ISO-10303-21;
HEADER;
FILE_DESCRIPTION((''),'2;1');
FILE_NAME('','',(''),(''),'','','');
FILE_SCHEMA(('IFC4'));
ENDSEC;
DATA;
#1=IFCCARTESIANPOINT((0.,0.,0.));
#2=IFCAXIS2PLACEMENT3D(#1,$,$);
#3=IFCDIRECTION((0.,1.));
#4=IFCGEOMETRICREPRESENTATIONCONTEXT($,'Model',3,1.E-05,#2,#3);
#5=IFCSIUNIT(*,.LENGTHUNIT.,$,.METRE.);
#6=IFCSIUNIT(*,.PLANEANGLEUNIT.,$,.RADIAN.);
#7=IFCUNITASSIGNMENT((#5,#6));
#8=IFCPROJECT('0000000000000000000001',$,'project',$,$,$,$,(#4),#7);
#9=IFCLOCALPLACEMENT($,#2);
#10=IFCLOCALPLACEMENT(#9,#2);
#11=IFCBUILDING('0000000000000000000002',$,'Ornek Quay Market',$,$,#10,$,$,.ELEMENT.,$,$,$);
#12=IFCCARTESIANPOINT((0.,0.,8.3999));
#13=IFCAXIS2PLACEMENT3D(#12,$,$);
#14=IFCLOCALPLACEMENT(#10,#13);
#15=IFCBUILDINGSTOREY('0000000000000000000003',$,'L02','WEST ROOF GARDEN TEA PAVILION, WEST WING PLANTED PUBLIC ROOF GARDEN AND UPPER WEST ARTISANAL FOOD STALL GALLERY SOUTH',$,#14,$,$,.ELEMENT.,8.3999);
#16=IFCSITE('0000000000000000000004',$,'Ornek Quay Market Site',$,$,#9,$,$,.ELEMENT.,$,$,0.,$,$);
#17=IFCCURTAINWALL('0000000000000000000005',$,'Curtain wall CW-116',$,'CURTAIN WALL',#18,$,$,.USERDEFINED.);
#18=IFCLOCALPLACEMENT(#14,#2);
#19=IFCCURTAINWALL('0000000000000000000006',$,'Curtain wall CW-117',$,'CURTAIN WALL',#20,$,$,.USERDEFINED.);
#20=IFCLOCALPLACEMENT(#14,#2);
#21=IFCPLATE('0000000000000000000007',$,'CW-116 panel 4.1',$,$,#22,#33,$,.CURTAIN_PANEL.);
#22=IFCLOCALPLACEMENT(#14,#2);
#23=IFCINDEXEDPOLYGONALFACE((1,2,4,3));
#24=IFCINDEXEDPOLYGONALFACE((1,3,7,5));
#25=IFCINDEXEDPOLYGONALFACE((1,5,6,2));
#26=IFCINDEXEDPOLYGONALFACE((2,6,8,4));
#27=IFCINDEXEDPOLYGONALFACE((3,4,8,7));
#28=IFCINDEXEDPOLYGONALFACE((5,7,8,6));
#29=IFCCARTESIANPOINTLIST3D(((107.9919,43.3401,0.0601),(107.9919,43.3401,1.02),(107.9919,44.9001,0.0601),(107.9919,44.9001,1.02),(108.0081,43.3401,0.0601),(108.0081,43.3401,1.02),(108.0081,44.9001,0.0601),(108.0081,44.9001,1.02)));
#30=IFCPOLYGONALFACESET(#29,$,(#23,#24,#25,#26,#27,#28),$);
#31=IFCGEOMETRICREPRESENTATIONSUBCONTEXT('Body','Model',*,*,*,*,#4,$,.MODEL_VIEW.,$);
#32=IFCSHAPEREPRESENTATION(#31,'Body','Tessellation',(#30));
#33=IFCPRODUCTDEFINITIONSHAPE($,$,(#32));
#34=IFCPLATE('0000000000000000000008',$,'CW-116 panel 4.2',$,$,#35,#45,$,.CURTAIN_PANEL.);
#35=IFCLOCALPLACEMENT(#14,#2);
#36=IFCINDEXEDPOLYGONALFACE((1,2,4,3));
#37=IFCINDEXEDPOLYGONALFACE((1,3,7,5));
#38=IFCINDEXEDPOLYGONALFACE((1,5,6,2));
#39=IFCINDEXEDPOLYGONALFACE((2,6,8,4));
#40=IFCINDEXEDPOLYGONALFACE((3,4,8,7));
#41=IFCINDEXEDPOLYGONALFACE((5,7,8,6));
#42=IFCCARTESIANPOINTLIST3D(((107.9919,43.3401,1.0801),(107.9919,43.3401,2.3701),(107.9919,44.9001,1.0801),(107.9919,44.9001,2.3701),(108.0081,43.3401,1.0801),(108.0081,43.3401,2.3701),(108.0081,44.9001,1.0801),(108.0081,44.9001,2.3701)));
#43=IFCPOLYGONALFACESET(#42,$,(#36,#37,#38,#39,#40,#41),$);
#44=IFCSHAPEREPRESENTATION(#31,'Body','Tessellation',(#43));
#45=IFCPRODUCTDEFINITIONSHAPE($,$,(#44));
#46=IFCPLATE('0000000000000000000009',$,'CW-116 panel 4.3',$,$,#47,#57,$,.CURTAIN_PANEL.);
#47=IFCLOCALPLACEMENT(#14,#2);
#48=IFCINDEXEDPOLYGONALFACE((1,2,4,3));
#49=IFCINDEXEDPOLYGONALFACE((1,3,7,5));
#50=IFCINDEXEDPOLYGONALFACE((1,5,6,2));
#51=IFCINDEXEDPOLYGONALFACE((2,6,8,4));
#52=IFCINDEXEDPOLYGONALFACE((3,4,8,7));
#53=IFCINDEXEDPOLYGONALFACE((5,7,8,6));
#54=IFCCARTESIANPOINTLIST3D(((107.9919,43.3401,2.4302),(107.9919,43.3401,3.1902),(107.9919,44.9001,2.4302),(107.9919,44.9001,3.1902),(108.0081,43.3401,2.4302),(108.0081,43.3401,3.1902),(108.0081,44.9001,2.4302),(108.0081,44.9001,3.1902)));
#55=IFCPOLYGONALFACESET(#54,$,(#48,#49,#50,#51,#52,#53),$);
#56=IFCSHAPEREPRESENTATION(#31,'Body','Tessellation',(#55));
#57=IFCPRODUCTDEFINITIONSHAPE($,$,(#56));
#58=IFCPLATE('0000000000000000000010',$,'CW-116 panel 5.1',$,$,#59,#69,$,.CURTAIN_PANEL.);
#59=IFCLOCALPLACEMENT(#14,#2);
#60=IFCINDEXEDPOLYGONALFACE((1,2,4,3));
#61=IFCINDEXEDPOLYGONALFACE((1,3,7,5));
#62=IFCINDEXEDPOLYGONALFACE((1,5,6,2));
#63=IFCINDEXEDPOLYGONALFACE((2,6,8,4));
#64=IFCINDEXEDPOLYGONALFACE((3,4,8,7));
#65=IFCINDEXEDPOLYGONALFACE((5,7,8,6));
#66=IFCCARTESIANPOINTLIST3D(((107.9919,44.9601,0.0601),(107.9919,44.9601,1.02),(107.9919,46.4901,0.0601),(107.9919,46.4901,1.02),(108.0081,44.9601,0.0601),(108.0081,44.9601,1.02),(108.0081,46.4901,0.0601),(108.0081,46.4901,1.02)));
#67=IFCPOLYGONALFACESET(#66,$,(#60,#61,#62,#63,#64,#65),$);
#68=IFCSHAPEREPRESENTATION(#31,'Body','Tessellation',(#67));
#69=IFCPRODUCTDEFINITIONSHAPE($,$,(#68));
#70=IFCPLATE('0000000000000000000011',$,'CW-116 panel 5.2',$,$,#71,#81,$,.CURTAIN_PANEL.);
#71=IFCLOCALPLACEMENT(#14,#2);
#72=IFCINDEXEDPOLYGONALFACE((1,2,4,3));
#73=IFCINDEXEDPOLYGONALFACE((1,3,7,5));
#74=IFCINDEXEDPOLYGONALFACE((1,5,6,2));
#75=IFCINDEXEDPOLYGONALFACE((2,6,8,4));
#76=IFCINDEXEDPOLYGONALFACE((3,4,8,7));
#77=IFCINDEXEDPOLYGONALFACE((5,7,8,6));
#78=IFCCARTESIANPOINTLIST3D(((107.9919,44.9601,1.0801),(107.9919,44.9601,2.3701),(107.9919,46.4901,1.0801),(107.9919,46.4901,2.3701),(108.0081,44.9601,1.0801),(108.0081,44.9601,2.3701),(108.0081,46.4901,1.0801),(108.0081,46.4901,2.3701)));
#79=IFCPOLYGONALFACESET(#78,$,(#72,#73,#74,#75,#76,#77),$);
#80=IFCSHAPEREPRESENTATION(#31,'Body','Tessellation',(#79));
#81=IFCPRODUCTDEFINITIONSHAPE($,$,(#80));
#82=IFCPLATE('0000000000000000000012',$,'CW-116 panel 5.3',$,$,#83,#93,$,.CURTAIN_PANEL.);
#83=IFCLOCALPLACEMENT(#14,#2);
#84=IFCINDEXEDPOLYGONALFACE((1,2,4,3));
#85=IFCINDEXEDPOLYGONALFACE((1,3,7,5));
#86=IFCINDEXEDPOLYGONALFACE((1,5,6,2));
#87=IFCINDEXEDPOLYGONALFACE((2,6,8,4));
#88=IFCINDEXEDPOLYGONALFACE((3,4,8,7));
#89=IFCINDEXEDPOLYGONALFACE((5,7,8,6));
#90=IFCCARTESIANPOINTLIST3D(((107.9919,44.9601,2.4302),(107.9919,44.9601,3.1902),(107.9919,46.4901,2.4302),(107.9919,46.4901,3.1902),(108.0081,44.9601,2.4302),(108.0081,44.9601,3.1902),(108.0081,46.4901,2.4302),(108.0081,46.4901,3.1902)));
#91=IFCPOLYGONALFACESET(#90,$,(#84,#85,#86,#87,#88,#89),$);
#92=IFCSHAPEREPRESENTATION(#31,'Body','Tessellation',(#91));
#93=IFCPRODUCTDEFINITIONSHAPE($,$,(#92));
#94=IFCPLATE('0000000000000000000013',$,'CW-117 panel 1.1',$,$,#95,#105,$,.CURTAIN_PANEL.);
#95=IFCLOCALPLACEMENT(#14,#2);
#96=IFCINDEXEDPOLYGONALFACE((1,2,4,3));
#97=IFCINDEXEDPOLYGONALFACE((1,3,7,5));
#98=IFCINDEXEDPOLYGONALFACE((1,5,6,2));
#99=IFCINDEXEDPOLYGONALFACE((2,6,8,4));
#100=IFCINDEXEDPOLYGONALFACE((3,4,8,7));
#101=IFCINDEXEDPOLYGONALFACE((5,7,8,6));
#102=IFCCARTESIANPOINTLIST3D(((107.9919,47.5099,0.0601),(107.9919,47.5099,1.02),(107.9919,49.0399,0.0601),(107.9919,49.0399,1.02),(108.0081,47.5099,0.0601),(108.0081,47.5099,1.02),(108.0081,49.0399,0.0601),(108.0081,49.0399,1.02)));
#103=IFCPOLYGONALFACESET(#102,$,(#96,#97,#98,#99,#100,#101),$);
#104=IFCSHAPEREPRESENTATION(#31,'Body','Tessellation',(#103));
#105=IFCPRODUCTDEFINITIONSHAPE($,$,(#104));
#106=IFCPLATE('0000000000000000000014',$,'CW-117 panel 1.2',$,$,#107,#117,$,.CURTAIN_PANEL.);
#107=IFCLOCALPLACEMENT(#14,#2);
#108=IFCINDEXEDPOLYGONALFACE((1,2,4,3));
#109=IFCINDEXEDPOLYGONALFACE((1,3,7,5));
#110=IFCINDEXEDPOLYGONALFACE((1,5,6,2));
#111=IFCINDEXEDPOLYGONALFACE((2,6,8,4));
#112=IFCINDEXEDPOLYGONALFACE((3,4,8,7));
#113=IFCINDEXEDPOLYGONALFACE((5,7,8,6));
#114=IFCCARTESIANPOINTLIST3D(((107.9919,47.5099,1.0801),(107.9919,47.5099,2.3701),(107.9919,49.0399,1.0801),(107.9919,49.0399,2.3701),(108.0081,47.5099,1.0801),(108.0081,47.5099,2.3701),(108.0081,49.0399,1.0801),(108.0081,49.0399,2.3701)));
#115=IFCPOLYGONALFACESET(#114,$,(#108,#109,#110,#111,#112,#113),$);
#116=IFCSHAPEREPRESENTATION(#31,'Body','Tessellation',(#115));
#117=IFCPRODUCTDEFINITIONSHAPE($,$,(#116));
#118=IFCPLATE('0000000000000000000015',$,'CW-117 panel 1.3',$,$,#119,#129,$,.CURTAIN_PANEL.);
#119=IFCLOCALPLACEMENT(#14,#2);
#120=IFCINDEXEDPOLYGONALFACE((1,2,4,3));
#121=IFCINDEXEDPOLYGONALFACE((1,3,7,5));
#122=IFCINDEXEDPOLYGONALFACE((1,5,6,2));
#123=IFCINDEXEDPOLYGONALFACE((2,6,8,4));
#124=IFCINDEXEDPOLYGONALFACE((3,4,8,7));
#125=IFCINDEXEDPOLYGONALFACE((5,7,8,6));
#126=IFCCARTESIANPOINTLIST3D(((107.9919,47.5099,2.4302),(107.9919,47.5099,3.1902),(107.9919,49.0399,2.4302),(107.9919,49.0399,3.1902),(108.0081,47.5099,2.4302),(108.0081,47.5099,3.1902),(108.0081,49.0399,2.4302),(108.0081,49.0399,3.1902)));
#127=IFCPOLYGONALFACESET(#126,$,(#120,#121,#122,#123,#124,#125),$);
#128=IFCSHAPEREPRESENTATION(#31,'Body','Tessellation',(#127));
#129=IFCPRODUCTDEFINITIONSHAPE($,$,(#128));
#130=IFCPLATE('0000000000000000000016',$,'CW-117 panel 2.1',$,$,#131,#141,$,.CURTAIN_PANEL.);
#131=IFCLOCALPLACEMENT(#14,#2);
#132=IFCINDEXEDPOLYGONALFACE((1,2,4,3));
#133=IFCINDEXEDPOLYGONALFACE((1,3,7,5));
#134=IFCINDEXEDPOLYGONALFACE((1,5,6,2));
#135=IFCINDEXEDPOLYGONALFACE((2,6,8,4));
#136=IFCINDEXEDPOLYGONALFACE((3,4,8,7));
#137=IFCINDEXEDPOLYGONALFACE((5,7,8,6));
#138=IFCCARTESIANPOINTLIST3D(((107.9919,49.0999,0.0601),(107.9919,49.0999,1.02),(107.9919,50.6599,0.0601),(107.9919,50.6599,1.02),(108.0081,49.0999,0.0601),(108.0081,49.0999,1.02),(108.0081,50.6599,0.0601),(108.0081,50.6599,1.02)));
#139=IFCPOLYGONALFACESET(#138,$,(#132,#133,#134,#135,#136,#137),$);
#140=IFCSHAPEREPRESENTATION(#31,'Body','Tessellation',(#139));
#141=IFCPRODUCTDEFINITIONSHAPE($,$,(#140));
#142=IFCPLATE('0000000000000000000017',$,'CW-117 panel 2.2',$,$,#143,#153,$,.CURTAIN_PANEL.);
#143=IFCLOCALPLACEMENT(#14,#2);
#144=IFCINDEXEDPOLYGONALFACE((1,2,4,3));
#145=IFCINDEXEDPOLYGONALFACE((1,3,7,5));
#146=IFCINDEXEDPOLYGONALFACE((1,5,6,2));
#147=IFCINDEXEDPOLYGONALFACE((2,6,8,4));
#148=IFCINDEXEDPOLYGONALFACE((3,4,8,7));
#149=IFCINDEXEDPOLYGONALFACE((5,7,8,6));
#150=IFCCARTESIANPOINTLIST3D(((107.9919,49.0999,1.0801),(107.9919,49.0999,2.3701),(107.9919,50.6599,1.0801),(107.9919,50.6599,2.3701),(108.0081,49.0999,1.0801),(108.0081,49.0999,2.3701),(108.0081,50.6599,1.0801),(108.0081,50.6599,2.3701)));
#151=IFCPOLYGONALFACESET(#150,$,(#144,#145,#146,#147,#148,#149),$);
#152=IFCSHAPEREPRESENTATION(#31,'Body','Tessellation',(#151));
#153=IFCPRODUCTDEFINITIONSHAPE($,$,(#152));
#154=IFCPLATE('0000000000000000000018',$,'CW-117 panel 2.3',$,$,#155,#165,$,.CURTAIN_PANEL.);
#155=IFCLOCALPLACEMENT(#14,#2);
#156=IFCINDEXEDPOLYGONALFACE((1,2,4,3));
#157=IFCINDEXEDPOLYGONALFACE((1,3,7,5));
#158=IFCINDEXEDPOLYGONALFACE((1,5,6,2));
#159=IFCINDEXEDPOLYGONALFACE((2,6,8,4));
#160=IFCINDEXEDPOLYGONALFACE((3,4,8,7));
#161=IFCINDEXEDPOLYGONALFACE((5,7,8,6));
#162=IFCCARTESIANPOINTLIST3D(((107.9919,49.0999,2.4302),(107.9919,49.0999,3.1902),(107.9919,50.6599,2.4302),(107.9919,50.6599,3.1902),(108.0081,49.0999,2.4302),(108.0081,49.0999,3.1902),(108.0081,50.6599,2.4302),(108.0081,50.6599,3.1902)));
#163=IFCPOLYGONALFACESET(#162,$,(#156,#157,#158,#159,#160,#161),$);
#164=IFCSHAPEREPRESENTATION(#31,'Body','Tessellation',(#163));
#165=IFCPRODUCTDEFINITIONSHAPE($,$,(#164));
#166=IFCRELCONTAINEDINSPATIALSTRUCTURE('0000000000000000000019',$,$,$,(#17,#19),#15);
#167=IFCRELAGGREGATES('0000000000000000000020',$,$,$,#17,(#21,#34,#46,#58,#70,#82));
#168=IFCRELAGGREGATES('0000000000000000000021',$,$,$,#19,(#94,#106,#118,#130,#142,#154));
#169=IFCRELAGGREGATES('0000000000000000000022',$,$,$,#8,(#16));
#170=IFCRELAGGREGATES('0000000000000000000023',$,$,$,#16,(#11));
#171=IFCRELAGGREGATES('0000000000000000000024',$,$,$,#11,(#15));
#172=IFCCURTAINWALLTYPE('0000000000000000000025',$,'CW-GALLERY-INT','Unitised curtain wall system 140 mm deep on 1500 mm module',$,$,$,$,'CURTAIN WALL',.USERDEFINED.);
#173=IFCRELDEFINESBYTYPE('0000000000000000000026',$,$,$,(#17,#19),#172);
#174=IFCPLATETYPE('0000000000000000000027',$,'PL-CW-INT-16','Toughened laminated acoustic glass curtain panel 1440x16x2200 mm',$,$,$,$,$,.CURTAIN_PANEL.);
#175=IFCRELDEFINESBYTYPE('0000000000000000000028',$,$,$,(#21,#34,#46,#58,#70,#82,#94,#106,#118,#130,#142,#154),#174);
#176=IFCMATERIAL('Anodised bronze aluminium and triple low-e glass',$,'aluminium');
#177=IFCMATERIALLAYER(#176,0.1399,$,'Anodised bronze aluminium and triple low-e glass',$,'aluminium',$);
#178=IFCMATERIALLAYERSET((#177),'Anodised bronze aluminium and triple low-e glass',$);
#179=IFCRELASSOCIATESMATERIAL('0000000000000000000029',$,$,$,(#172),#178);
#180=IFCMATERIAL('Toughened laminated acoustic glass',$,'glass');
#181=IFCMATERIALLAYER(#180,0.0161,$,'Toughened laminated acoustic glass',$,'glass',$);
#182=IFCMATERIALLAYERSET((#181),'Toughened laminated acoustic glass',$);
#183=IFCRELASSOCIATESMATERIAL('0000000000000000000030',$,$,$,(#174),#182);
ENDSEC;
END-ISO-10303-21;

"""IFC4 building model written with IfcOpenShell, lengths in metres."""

from ifc_helpers import new_model, si_unit, direction, frame, origin, origin_2d, place, context, subcontext, project, spatial, rectangle, extrude, material, layer, layer_set, type_object, element, aggregate, save


model = new_model("IFC4")

# Units and contexts
model_context = context("Model", 3, precision=1e-05, world=origin(), true_north=direction((0.0, 1.0)))
body_context = subcontext(model_context, "Body", "Model", "MODEL_VIEW")
ifc_project = project(units=[si_unit("LENGTHUNIT", "METRE"), si_unit("PLANEANGLEUNIT", "RADIAN")], contexts=[model_context])

# Site, building, storey
site_placement = place(None, origin())
site = spatial("IfcSite", under=ifc_project, at=site_placement, Name="Ornek Quay Market Site", CompositionType="ELEMENT", RefElevation=0.0)
building_placement = place(site_placement, origin())
building = spatial("IfcBuilding", under=site, at=building_placement, Name="Ornek Quay Market", CompositionType="ELEMENT")
storey_placement = place(building_placement, frame((0.0, 0.0, 8.3999)))
storey = spatial("IfcBuildingStorey", under=building, at=storey_placement, Name="L02", Description="WEST ROOF GARDEN TEA PAVILION, WEST WING PLANTED PUBLIC ROOF GARDEN AND UPPER WEST ARTISANAL FOOD STALL GALLERY SOUTH", CompositionType="ELEMENT", Elevation=8.3999)

# Curtain walls
ifc_material_1 = material(Name="Anodised bronze aluminium and triple low-e glass", Category="aluminium")
ifc_layer_1 = layer(ifc_material_1, 0.1399, Name="Anodised bronze aluminium and triple low-e glass", Category="aluminium")
ifc_layer_set_1 = layer_set([ifc_layer_1], Name="Anodised bronze aluminium and triple low-e glass")
curtain_wall_type = type_object("IfcCurtainWallType", Name="CW-GALLERY-INT", Description="Unitised curtain wall system 140 mm deep on 1500 mm module", ElementType="CURTAIN WALL", PredefinedType="USERDEFINED", material=ifc_layer_set_1)
curtain_wall_1_placement = place(storey_placement, origin())
curtain_wall_1 = element("IfcCurtainWall", 1, at=curtain_wall_1_placement, inside=storey, type_object=curtain_wall_type, Name="Curtain wall CW-116", ObjectType="CURTAIN WALL", PredefinedType="USERDEFINED")
curtain_wall_2_placement = place(storey_placement, origin())
curtain_wall_2 = element("IfcCurtainWall", 2, at=curtain_wall_2_placement, inside=storey, type_object=curtain_wall_type, Name="Curtain wall CW-117", ObjectType="CURTAIN WALL", PredefinedType="USERDEFINED")

# Plates
ifc_material_2 = material(Name="Toughened laminated acoustic glass", Category="glass")
ifc_layer_2 = layer(ifc_material_2, 0.0161, Name="Toughened laminated acoustic glass", Category="glass")
ifc_layer_set_2 = layer_set([ifc_layer_2], Name="Toughened laminated acoustic glass")
plate_type = type_object("IfcPlateType", Name="PL-CW-INT-16", Description="Toughened laminated acoustic glass curtain panel 1440x16x2200 mm", PredefinedType="CURTAIN_PANEL", material=ifc_layer_set_2)
plate_1_placement = place(storey_placement, frame((108.0, 44.1201, 0.0601), z_axis=(0.0, 0.0, 1.0), x_axis=(0.0, 1.0, 0.0)))
plate_1 = element("IfcPlate", 3, at=plate_1_placement, type_object=plate_type, Name="CW-116 panel 4.1", PredefinedType="CURTAIN_PANEL", context=body_context, shape_type="SweptSolid", body=[
    extrude(rectangle(XDim=1.5601, YDim=0.0161, at=origin_2d()), origin(), (0.0, 0.0, 1.0), 0.96),
])
plate_2_placement = place(storey_placement, frame((108.0, 44.1201, 1.0801), z_axis=(0.0, 0.0, 1.0), x_axis=(0.0, 1.0, 0.0)))
plate_2 = element("IfcPlate", 4, at=plate_2_placement, type_object=plate_type, Name="CW-116 panel 4.2", PredefinedType="CURTAIN_PANEL", context=body_context, shape_type="SweptSolid", body=[
    extrude(rectangle(XDim=1.5601, YDim=0.0161, at=origin_2d()), origin(), (0.0, 0.0, 1.0), 1.29),
])
plate_3_placement = place(storey_placement, frame((108.0, 44.1201, 2.4302), z_axis=(0.0, 0.0, 1.0), x_axis=(0.0, 1.0, 0.0)))
plate_3 = element("IfcPlate", 5, at=plate_3_placement, type_object=plate_type, Name="CW-116 panel 4.3", PredefinedType="CURTAIN_PANEL", context=body_context, shape_type="SweptSolid", body=[
    extrude(rectangle(XDim=1.5601, YDim=0.0161, at=origin_2d()), origin(), (0.0, 0.0, 1.0), 0.76),
])
plate_4_placement = place(storey_placement, frame((108.0, 45.7251, 0.0601), z_axis=(0.0, 0.0, 1.0), x_axis=(0.0, 1.0, 0.0)))
plate_4 = element("IfcPlate", 6, at=plate_4_placement, type_object=plate_type, Name="CW-116 panel 5.1", PredefinedType="CURTAIN_PANEL", context=body_context, shape_type="SweptSolid", body=[
    extrude(rectangle(XDim=1.53, YDim=0.0161, at=origin_2d()), origin(), (0.0, 0.0, 1.0), 0.96),
])
plate_5_placement = place(storey_placement, frame((108.0, 45.7251, 1.0801), z_axis=(0.0, 0.0, 1.0), x_axis=(0.0, 1.0, 0.0)))
plate_5 = element("IfcPlate", 7, at=plate_5_placement, type_object=plate_type, Name="CW-116 panel 5.2", PredefinedType="CURTAIN_PANEL", context=body_context, shape_type="SweptSolid", body=[
    extrude(rectangle(XDim=1.53, YDim=0.0161, at=origin_2d()), origin(), (0.0, 0.0, 1.0), 1.29),
])
plate_6_placement = place(storey_placement, frame((108.0, 45.7251, 2.4302), z_axis=(0.0, 0.0, 1.0), x_axis=(0.0, 1.0, 0.0)))
plate_6 = element("IfcPlate", 8, at=plate_6_placement, type_object=plate_type, Name="CW-116 panel 5.3", PredefinedType="CURTAIN_PANEL", context=body_context, shape_type="SweptSolid", body=[
    extrude(rectangle(XDim=1.53, YDim=0.0161, at=origin_2d()), origin(), (0.0, 0.0, 1.0), 0.76),
])
aggregate(curtain_wall_1, [plate_1, plate_2, plate_3, plate_4, plate_5, plate_6])
plate_7_placement = place(storey_placement, frame((108.0, 48.2749, 0.0601), z_axis=(0.0, 0.0, 1.0), x_axis=(0.0, 1.0, 0.0)))
plate_7 = element("IfcPlate", 9, at=plate_7_placement, type_object=plate_type, Name="CW-117 panel 1.1", PredefinedType="CURTAIN_PANEL", context=body_context, shape_type="SweptSolid", body=[
    extrude(rectangle(XDim=1.53, YDim=0.0161, at=origin_2d()), origin(), (0.0, 0.0, 1.0), 0.96),
])
plate_8_placement = place(storey_placement, frame((108.0, 48.2749, 1.0801), z_axis=(0.0, 0.0, 1.0), x_axis=(0.0, 1.0, 0.0)))
plate_8 = element("IfcPlate", 10, at=plate_8_placement, type_object=plate_type, Name="CW-117 panel 1.2", PredefinedType="CURTAIN_PANEL", context=body_context, shape_type="SweptSolid", body=[
    extrude(rectangle(XDim=1.53, YDim=0.0161, at=origin_2d()), origin(), (0.0, 0.0, 1.0), 1.29),
])
plate_9_placement = place(storey_placement, frame((108.0, 48.2749, 2.4302), z_axis=(0.0, 0.0, 1.0), x_axis=(0.0, 1.0, 0.0)))
plate_9 = element("IfcPlate", 11, at=plate_9_placement, type_object=plate_type, Name="CW-117 panel 1.3", PredefinedType="CURTAIN_PANEL", context=body_context, shape_type="SweptSolid", body=[
    extrude(rectangle(XDim=1.53, YDim=0.0161, at=origin_2d()), origin(), (0.0, 0.0, 1.0), 0.76),
])
plate_10_placement = place(storey_placement, frame((108.0, 49.8799, 0.0601), z_axis=(0.0, 0.0, 1.0), x_axis=(0.0, 1.0, 0.0)))
plate_10 = element("IfcPlate", 12, at=plate_10_placement, type_object=plate_type, Name="CW-117 panel 2.1", PredefinedType="CURTAIN_PANEL", context=body_context, shape_type="SweptSolid", body=[
    extrude(rectangle(XDim=1.5601, YDim=0.0161, at=origin_2d()), origin(), (0.0, 0.0, 1.0), 0.96),
])
plate_11_placement = place(storey_placement, frame((108.0, 49.8799, 1.0801), z_axis=(0.0, 0.0, 1.0), x_axis=(0.0, 1.0, 0.0)))
plate_11 = element("IfcPlate", 13, at=plate_11_placement, type_object=plate_type, Name="CW-117 panel 2.2", PredefinedType="CURTAIN_PANEL", context=body_context, shape_type="SweptSolid", body=[
    extrude(rectangle(XDim=1.5601, YDim=0.0161, at=origin_2d()), origin(), (0.0, 0.0, 1.0), 1.29),
])
plate_12_placement = place(storey_placement, frame((108.0, 49.8799, 2.4302), z_axis=(0.0, 0.0, 1.0), x_axis=(0.0, 1.0, 0.0)))
plate_12 = element("IfcPlate", 14, at=plate_12_placement, type_object=plate_type, Name="CW-117 panel 2.3", PredefinedType="CURTAIN_PANEL", context=body_context, shape_type="SweptSolid", body=[
    extrude(rectangle(XDim=1.5601, YDim=0.0161, at=origin_2d()), origin(), (0.0, 0.0, 1.0), 0.76),
])
aggregate(curtain_wall_2, [plate_7, plate_8, plate_9, plate_10, plate_11, plate_12])

save(model, "model.ifc")
